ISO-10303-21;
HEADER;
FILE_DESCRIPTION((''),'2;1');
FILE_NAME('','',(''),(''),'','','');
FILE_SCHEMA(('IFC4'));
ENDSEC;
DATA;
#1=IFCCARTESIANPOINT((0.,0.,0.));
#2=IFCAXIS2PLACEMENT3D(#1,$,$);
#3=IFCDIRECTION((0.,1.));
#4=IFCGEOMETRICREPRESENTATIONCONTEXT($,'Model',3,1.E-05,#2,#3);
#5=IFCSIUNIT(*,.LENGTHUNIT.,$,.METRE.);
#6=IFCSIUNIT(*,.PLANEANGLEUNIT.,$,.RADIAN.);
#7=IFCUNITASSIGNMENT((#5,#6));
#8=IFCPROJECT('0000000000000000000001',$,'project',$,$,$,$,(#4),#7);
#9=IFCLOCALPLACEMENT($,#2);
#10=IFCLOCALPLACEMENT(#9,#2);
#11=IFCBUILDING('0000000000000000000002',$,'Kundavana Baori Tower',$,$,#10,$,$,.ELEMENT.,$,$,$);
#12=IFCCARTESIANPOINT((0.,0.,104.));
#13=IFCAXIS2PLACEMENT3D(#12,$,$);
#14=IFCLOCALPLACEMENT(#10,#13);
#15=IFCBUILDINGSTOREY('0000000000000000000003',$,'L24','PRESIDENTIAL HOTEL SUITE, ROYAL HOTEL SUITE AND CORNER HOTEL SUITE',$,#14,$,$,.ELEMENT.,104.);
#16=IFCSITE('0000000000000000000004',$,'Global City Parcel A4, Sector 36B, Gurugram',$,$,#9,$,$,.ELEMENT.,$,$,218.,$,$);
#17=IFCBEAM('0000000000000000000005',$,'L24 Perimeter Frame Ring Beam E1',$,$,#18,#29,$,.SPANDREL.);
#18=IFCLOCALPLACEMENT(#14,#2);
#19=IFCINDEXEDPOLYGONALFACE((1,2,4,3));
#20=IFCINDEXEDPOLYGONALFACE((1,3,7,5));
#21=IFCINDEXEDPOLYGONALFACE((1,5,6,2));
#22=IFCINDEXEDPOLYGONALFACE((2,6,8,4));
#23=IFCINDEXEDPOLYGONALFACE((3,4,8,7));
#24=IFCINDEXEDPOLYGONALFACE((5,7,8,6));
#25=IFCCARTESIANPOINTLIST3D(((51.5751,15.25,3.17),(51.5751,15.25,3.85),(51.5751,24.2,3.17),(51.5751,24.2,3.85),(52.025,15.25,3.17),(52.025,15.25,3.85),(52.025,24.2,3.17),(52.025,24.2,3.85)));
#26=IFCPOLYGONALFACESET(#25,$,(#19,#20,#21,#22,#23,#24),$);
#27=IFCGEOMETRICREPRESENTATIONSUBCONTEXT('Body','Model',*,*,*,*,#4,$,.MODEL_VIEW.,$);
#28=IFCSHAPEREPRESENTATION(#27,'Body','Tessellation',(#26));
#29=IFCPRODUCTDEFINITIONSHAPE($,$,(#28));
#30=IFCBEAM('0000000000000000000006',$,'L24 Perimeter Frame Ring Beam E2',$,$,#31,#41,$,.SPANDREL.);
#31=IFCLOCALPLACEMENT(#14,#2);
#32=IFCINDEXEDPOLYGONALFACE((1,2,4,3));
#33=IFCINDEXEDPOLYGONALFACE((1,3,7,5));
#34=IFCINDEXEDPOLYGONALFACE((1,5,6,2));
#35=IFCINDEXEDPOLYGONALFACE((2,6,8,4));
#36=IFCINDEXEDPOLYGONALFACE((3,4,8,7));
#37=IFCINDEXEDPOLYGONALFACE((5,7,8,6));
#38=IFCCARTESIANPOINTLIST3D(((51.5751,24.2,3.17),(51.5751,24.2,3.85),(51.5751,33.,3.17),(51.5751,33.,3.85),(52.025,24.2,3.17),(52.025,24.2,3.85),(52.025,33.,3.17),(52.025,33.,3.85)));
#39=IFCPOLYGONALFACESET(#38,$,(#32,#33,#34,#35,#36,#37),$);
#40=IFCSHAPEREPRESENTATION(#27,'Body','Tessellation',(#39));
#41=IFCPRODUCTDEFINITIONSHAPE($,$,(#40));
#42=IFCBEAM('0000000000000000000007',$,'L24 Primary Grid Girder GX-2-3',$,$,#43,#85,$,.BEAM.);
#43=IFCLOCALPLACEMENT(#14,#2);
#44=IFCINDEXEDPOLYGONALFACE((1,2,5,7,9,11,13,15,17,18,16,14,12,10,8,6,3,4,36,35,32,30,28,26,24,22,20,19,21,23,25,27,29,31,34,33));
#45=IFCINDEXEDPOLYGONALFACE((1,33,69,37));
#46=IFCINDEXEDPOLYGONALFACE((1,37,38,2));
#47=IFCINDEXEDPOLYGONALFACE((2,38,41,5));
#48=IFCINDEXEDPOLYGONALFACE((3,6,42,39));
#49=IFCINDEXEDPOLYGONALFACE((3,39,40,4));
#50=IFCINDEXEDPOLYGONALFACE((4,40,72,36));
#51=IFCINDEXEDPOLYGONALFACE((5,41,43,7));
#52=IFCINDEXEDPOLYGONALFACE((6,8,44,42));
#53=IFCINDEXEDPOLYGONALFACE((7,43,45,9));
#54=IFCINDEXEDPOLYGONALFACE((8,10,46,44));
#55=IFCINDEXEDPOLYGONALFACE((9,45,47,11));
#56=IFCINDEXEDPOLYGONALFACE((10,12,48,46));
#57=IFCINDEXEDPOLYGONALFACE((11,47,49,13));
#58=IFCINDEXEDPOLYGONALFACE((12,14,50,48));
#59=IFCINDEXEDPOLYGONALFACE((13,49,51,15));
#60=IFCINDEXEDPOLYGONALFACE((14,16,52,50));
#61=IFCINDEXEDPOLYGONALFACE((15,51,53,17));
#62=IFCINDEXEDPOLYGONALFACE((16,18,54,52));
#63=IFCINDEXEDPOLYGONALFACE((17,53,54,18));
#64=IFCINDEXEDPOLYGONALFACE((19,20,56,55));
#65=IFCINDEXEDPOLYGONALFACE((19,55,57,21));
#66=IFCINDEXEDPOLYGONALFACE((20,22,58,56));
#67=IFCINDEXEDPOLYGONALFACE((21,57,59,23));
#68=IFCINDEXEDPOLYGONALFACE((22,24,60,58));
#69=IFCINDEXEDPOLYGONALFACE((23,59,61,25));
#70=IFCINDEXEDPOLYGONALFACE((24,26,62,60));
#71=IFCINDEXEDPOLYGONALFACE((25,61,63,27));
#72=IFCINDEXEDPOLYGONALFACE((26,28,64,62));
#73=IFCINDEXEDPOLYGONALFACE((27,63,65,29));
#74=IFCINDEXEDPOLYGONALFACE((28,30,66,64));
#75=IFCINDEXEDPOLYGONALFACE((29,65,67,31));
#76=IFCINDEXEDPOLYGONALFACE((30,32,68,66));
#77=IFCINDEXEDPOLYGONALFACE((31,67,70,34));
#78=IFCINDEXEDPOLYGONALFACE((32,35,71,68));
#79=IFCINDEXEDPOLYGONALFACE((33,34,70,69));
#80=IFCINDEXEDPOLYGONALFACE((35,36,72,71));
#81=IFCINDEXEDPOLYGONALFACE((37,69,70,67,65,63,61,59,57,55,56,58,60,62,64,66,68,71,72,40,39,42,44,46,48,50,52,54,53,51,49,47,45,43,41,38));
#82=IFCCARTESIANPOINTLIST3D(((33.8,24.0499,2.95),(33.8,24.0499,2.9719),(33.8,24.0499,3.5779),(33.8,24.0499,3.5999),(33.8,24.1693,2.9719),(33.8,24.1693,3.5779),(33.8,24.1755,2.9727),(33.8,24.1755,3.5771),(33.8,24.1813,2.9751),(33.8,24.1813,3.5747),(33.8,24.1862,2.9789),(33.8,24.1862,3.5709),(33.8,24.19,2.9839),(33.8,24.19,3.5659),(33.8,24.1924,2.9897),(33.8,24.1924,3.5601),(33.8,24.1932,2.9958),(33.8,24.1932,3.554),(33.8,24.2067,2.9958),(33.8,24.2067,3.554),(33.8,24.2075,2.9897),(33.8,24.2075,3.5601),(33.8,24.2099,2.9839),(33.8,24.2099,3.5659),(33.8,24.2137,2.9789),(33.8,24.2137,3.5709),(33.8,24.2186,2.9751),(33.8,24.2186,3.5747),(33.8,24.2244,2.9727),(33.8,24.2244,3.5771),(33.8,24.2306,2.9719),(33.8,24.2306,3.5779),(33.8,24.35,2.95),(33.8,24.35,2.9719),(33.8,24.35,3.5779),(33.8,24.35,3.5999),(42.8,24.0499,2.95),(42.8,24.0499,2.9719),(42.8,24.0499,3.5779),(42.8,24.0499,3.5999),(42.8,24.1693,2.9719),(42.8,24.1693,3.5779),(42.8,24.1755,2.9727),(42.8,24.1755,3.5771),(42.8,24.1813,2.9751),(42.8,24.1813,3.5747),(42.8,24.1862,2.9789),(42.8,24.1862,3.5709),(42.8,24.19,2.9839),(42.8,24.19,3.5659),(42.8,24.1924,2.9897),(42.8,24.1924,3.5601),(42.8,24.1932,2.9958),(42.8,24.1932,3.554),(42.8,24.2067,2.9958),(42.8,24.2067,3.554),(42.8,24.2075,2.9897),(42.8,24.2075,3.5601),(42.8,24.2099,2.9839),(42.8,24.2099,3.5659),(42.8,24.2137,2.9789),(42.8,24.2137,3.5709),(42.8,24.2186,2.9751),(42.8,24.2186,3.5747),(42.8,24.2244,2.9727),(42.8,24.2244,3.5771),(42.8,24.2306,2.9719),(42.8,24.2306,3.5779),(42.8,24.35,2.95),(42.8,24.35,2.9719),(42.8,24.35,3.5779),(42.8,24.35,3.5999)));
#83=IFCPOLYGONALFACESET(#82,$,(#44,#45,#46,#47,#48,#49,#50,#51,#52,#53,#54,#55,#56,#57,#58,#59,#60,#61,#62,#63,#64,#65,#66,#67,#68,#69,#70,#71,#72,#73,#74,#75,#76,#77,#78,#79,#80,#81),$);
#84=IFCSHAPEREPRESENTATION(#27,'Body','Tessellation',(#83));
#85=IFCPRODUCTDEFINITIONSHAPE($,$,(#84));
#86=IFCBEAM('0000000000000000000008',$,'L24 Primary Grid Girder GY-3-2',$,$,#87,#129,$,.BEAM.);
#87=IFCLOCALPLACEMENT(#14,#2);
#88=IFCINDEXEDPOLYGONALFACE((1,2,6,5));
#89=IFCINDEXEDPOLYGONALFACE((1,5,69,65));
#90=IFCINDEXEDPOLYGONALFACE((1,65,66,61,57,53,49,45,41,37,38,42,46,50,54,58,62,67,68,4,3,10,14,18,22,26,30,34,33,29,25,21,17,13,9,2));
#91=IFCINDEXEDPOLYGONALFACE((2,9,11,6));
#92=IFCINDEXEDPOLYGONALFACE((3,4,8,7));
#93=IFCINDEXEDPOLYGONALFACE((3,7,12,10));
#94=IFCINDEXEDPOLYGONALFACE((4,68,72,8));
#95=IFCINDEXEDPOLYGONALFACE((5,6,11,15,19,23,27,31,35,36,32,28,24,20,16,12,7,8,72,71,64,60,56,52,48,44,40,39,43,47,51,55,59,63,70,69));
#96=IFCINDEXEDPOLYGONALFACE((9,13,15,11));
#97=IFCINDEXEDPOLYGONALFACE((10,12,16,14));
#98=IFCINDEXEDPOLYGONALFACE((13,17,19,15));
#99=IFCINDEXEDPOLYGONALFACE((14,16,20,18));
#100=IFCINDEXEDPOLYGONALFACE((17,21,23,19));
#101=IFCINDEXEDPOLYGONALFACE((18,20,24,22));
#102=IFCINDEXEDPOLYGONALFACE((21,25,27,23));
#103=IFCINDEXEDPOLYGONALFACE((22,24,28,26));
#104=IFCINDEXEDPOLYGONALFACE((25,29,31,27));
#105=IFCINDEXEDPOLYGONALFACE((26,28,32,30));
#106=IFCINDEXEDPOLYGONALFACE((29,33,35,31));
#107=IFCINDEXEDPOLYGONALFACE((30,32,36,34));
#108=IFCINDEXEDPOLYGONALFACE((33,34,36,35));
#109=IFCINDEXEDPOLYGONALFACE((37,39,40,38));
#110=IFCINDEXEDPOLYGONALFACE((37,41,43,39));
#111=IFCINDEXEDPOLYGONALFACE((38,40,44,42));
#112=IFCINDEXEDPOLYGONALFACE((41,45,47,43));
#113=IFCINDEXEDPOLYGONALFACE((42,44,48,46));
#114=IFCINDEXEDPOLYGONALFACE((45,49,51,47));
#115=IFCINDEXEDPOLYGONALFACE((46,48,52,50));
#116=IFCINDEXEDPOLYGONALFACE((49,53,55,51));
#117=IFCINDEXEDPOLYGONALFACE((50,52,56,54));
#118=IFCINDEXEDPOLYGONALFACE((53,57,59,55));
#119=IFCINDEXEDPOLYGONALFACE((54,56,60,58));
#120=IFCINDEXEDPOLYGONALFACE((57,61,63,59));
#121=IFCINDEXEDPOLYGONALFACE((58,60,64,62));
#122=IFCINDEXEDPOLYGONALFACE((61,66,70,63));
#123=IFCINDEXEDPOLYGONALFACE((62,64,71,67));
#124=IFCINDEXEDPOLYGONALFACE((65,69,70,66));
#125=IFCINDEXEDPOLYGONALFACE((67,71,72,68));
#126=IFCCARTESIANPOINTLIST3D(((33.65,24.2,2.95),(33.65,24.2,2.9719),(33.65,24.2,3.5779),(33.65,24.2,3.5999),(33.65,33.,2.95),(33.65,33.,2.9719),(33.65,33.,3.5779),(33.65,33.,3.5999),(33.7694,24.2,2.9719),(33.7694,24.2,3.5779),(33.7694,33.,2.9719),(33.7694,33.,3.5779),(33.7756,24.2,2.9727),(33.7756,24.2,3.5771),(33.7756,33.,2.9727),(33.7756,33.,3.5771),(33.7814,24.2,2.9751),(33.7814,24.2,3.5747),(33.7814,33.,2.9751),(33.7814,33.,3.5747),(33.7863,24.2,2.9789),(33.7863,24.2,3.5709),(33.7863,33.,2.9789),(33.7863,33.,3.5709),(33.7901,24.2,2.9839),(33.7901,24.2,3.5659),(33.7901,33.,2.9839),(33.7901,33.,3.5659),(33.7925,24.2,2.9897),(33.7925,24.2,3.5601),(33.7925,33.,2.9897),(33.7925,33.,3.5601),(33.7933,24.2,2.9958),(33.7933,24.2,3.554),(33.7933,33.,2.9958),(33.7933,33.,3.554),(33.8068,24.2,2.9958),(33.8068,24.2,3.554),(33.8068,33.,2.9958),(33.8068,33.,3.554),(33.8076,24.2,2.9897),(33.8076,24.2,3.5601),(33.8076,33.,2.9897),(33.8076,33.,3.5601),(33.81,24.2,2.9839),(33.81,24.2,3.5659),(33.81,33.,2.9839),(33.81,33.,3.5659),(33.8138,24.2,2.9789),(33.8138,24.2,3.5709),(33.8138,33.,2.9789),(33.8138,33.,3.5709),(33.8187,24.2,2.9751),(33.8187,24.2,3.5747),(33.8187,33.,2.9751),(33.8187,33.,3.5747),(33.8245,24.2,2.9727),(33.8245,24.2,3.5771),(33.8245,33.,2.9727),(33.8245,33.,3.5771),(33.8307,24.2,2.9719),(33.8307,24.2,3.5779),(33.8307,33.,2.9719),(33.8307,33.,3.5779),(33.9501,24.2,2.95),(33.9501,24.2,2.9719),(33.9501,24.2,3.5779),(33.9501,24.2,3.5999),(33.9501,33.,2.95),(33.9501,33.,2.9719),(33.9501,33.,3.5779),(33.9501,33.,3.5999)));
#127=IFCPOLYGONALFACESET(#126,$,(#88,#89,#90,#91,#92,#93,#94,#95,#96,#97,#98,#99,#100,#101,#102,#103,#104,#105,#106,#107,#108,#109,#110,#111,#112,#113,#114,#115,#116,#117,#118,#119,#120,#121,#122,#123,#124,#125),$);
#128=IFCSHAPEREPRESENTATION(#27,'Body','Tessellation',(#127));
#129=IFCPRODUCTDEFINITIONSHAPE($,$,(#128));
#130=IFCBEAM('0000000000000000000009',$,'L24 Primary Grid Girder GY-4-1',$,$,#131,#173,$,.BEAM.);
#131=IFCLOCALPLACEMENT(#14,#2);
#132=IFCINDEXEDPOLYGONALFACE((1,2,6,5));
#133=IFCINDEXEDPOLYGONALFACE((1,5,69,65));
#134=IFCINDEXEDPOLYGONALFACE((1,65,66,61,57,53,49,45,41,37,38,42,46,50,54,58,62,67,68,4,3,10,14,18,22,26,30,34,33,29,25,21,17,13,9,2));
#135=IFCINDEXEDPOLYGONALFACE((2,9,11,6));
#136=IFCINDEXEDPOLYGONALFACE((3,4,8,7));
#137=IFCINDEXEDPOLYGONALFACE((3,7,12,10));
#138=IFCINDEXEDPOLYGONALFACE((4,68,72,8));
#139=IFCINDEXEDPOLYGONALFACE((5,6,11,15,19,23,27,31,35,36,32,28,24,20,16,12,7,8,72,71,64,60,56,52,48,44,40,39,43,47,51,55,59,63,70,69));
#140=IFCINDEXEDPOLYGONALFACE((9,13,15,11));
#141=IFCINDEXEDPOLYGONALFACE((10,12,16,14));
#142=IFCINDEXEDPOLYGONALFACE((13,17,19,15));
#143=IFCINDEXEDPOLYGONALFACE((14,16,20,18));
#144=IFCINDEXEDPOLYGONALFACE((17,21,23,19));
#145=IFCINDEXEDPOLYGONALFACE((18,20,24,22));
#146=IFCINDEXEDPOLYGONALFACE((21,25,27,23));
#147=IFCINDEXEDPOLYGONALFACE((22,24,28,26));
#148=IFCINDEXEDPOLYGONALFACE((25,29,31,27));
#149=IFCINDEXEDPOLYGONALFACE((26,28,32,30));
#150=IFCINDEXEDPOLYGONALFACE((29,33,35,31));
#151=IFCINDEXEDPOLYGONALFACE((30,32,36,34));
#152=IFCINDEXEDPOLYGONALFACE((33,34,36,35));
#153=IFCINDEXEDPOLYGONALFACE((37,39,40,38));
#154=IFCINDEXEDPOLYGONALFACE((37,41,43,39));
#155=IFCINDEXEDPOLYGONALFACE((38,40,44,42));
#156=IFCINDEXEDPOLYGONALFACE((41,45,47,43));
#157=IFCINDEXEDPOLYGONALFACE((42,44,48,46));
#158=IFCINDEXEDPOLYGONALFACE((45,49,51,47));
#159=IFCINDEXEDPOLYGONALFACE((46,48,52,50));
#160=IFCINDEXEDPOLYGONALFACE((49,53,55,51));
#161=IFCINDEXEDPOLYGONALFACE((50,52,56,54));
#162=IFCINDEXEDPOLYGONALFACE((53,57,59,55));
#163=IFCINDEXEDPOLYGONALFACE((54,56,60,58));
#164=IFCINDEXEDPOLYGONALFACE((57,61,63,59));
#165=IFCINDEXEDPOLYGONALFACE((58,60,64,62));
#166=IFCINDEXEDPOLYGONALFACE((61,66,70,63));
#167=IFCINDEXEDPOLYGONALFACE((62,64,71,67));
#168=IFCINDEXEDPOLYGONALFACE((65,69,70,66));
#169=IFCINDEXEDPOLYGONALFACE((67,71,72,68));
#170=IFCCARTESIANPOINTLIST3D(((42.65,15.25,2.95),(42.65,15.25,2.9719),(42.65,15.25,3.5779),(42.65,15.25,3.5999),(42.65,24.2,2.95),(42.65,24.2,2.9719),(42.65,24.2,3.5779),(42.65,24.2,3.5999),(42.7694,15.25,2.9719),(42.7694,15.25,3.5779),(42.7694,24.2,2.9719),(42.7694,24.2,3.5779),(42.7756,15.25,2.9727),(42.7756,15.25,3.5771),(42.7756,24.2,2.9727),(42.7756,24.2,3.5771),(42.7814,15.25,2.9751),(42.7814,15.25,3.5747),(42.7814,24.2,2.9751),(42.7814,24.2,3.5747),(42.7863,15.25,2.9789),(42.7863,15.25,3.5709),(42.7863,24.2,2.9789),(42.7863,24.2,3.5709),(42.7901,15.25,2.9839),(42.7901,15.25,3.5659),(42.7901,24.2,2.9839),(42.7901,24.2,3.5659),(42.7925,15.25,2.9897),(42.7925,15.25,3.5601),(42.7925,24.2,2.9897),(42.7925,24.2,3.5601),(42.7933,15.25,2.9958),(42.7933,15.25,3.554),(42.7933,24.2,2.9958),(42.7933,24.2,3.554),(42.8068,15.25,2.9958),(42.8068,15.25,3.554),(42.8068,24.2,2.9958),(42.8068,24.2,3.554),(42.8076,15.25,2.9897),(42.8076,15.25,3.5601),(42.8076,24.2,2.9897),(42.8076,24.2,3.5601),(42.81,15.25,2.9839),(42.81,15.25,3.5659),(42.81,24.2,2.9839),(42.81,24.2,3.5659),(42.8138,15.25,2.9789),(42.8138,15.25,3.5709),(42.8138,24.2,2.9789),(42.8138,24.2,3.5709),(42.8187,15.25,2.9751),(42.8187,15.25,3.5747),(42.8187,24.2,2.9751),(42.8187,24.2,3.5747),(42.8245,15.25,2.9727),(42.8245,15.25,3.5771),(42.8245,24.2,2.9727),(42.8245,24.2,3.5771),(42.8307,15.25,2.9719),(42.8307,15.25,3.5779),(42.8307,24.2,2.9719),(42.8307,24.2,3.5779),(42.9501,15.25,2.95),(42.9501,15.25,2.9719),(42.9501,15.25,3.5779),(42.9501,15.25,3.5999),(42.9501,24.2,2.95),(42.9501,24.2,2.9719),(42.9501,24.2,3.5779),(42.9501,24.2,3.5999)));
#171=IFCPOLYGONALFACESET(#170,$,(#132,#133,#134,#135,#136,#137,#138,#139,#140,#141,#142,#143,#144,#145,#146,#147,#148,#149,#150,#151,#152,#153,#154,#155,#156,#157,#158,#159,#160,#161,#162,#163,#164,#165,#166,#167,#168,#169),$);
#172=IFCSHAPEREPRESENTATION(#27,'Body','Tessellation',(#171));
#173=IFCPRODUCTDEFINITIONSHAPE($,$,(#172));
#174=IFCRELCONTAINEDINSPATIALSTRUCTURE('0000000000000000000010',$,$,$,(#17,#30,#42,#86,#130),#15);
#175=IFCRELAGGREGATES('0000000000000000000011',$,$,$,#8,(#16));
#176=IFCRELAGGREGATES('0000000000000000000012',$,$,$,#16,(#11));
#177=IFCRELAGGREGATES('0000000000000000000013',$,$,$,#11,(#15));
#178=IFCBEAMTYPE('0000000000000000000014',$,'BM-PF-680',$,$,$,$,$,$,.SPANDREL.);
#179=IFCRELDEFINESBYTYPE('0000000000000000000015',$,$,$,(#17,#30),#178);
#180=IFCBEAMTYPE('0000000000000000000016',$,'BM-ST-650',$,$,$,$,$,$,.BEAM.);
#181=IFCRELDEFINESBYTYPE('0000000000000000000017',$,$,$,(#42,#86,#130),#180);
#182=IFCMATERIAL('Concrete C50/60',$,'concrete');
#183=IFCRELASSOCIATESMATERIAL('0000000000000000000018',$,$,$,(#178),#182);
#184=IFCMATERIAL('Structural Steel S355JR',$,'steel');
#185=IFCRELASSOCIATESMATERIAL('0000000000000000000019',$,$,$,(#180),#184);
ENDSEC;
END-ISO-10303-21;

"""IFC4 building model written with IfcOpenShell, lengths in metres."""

from ifc_helpers import new_model, si_unit, direction, frame, origin, origin_2d, place, context, subcontext, project, spatial, rectangle, i_section, extrude, material, material_profile, profile_set, type_object, element, save


model = new_model("IFC4")

# Units and contexts
model_context = context("Model", 3, precision=1e-05, world=origin(), true_north=direction((0.0, 1.0)))
body_context = subcontext(model_context, "Body", "Model", "MODEL_VIEW")
ifc_project = project(units=[si_unit("LENGTHUNIT", "METRE"), si_unit("PLANEANGLEUNIT", "RADIAN")], contexts=[model_context])

# Site, building, storey
site_placement = place(None, origin())
site = spatial("IfcSite", under=ifc_project, at=site_placement, Name="Global City Parcel A4, Sector 36B, Gurugram", CompositionType="ELEMENT", RefElevation=218.0)
building_placement = place(site_placement, origin())
building = spatial("IfcBuilding", under=site, at=building_placement, Name="Kundavana Baori Tower", CompositionType="ELEMENT")
storey_placement = place(building_placement, frame((0.0, 0.0, 104.0)))
storey = spatial("IfcBuildingStorey", under=building, at=storey_placement, Name="L24", Description="PRESIDENTIAL HOTEL SUITE, ROYAL HOTEL SUITE AND CORNER HOTEL SUITE", CompositionType="ELEMENT", Elevation=104.0)

# Beams
ifc_material_1 = material(Name="Concrete C50/60", Category="concrete")
ifc_material_profile_1 = material_profile(ifc_material_1, rectangle(XDim=0.45, YDim=0.6799, at=origin_2d()), Name="RC BM 450x680")
ifc_profile_set_1 = profile_set([ifc_material_profile_1], Name="Concrete C50/60")
beam_type_1 = type_object("IfcBeamType", Name="BM-PF-680", PredefinedType="SPANDREL", material=ifc_profile_set_1)
beam_1_placement = place(storey_placement, frame((51.8, 15.25, 3.51), z_axis=(0.0, 1.0, 0.0), x_axis=(-1.0, 0.0, 0.0)))
element("IfcBeam", 1, at=beam_1_placement, inside=storey, type_object=beam_type_1, Name="L24 Perimeter Frame Ring Beam E1", PredefinedType="SPANDREL", context=body_context, shape_type="SweptSolid", body=[
    extrude(rectangle(XDim=0.45, YDim=0.6799, at=origin_2d()), origin(), (0.0, 0.0, 1.0), 8.95),
])
beam_2_placement = place(storey_placement, frame((51.8, 24.2, 3.51), z_axis=(0.0, 1.0, 0.0), x_axis=(-1.0, 0.0, 0.0)))
element("IfcBeam", 2, at=beam_2_placement, inside=storey, type_object=beam_type_1, Name="L24 Perimeter Frame Ring Beam E2", PredefinedType="SPANDREL", context=body_context, shape_type="SweptSolid", body=[
    extrude(rectangle(XDim=0.45, YDim=0.6799, at=origin_2d()), origin(), (0.0, 0.0, 1.0), 8.8),
])
ifc_material_2 = material(Name="Structural Steel S355JR", Category="steel")
ifc_material_profile_2 = material_profile(ifc_material_2, i_section(OverallWidth=0.3, OverallDepth=0.6499, WebThickness=0.0134, FlangeThickness=0.022, FilletRadius=0.0239, at=origin_2d()), Name="NPB 650x300x155")
ifc_profile_set_2 = profile_set([ifc_material_profile_2], Name="Structural Steel S355JR")
beam_type_2 = type_object("IfcBeamType", Name="BM-ST-650", PredefinedType="BEAM", material=ifc_profile_set_2)
beam_3_placement = place(storey_placement, frame((33.8, 24.2, 3.2749), z_axis=(1.0, 0.0, 0.0), x_axis=(0.0, 1.0, 0.0)))
element("IfcBeam", 3, at=beam_3_placement, inside=storey, type_object=beam_type_2, Name="L24 Primary Grid Girder GX-2-3", PredefinedType="BEAM", context=body_context, shape_type="SweptSolid", body=[
    extrude(i_section(OverallWidth=0.3, OverallDepth=0.6499, WebThickness=0.0134, FlangeThickness=0.022, FilletRadius=0.0239, at=origin_2d()), origin(), (0.0, 0.0, 1.0), 9.0),
])
beam_4_placement = place(storey_placement, frame((33.8, 24.2, 3.2749), z_axis=(0.0, 1.0, 0.0), x_axis=(-1.0, 0.0, 0.0)))
element("IfcBeam", 4, at=beam_4_placement, inside=storey, type_object=beam_type_2, Name="L24 Primary Grid Girder GY-3-2", PredefinedType="BEAM", context=body_context, shape_type="SweptSolid", body=[
    extrude(i_section(OverallWidth=0.3, OverallDepth=0.6499, WebThickness=0.0134, FlangeThickness=0.022, FilletRadius=0.0239, at=origin_2d()), origin(), (0.0, 0.0, 1.0), 8.8),
])
beam_5_placement = place(storey_placement, frame((42.8, 15.25, 3.2749), z_axis=(0.0, 1.0, 0.0), x_axis=(-1.0, 0.0, 0.0)))
element("IfcBeam", 5, at=beam_5_placement, inside=storey, type_object=beam_type_2, Name="L24 Primary Grid Girder GY-4-1", PredefinedType="BEAM", context=body_context, shape_type="SweptSolid", body=[
    extrude(i_section(OverallWidth=0.3, OverallDepth=0.6499, WebThickness=0.0134, FlangeThickness=0.022, FilletRadius=0.0239, at=origin_2d()), origin(), (0.0, 0.0, 1.0), 8.95),
])

save(model, "model.ifc")
